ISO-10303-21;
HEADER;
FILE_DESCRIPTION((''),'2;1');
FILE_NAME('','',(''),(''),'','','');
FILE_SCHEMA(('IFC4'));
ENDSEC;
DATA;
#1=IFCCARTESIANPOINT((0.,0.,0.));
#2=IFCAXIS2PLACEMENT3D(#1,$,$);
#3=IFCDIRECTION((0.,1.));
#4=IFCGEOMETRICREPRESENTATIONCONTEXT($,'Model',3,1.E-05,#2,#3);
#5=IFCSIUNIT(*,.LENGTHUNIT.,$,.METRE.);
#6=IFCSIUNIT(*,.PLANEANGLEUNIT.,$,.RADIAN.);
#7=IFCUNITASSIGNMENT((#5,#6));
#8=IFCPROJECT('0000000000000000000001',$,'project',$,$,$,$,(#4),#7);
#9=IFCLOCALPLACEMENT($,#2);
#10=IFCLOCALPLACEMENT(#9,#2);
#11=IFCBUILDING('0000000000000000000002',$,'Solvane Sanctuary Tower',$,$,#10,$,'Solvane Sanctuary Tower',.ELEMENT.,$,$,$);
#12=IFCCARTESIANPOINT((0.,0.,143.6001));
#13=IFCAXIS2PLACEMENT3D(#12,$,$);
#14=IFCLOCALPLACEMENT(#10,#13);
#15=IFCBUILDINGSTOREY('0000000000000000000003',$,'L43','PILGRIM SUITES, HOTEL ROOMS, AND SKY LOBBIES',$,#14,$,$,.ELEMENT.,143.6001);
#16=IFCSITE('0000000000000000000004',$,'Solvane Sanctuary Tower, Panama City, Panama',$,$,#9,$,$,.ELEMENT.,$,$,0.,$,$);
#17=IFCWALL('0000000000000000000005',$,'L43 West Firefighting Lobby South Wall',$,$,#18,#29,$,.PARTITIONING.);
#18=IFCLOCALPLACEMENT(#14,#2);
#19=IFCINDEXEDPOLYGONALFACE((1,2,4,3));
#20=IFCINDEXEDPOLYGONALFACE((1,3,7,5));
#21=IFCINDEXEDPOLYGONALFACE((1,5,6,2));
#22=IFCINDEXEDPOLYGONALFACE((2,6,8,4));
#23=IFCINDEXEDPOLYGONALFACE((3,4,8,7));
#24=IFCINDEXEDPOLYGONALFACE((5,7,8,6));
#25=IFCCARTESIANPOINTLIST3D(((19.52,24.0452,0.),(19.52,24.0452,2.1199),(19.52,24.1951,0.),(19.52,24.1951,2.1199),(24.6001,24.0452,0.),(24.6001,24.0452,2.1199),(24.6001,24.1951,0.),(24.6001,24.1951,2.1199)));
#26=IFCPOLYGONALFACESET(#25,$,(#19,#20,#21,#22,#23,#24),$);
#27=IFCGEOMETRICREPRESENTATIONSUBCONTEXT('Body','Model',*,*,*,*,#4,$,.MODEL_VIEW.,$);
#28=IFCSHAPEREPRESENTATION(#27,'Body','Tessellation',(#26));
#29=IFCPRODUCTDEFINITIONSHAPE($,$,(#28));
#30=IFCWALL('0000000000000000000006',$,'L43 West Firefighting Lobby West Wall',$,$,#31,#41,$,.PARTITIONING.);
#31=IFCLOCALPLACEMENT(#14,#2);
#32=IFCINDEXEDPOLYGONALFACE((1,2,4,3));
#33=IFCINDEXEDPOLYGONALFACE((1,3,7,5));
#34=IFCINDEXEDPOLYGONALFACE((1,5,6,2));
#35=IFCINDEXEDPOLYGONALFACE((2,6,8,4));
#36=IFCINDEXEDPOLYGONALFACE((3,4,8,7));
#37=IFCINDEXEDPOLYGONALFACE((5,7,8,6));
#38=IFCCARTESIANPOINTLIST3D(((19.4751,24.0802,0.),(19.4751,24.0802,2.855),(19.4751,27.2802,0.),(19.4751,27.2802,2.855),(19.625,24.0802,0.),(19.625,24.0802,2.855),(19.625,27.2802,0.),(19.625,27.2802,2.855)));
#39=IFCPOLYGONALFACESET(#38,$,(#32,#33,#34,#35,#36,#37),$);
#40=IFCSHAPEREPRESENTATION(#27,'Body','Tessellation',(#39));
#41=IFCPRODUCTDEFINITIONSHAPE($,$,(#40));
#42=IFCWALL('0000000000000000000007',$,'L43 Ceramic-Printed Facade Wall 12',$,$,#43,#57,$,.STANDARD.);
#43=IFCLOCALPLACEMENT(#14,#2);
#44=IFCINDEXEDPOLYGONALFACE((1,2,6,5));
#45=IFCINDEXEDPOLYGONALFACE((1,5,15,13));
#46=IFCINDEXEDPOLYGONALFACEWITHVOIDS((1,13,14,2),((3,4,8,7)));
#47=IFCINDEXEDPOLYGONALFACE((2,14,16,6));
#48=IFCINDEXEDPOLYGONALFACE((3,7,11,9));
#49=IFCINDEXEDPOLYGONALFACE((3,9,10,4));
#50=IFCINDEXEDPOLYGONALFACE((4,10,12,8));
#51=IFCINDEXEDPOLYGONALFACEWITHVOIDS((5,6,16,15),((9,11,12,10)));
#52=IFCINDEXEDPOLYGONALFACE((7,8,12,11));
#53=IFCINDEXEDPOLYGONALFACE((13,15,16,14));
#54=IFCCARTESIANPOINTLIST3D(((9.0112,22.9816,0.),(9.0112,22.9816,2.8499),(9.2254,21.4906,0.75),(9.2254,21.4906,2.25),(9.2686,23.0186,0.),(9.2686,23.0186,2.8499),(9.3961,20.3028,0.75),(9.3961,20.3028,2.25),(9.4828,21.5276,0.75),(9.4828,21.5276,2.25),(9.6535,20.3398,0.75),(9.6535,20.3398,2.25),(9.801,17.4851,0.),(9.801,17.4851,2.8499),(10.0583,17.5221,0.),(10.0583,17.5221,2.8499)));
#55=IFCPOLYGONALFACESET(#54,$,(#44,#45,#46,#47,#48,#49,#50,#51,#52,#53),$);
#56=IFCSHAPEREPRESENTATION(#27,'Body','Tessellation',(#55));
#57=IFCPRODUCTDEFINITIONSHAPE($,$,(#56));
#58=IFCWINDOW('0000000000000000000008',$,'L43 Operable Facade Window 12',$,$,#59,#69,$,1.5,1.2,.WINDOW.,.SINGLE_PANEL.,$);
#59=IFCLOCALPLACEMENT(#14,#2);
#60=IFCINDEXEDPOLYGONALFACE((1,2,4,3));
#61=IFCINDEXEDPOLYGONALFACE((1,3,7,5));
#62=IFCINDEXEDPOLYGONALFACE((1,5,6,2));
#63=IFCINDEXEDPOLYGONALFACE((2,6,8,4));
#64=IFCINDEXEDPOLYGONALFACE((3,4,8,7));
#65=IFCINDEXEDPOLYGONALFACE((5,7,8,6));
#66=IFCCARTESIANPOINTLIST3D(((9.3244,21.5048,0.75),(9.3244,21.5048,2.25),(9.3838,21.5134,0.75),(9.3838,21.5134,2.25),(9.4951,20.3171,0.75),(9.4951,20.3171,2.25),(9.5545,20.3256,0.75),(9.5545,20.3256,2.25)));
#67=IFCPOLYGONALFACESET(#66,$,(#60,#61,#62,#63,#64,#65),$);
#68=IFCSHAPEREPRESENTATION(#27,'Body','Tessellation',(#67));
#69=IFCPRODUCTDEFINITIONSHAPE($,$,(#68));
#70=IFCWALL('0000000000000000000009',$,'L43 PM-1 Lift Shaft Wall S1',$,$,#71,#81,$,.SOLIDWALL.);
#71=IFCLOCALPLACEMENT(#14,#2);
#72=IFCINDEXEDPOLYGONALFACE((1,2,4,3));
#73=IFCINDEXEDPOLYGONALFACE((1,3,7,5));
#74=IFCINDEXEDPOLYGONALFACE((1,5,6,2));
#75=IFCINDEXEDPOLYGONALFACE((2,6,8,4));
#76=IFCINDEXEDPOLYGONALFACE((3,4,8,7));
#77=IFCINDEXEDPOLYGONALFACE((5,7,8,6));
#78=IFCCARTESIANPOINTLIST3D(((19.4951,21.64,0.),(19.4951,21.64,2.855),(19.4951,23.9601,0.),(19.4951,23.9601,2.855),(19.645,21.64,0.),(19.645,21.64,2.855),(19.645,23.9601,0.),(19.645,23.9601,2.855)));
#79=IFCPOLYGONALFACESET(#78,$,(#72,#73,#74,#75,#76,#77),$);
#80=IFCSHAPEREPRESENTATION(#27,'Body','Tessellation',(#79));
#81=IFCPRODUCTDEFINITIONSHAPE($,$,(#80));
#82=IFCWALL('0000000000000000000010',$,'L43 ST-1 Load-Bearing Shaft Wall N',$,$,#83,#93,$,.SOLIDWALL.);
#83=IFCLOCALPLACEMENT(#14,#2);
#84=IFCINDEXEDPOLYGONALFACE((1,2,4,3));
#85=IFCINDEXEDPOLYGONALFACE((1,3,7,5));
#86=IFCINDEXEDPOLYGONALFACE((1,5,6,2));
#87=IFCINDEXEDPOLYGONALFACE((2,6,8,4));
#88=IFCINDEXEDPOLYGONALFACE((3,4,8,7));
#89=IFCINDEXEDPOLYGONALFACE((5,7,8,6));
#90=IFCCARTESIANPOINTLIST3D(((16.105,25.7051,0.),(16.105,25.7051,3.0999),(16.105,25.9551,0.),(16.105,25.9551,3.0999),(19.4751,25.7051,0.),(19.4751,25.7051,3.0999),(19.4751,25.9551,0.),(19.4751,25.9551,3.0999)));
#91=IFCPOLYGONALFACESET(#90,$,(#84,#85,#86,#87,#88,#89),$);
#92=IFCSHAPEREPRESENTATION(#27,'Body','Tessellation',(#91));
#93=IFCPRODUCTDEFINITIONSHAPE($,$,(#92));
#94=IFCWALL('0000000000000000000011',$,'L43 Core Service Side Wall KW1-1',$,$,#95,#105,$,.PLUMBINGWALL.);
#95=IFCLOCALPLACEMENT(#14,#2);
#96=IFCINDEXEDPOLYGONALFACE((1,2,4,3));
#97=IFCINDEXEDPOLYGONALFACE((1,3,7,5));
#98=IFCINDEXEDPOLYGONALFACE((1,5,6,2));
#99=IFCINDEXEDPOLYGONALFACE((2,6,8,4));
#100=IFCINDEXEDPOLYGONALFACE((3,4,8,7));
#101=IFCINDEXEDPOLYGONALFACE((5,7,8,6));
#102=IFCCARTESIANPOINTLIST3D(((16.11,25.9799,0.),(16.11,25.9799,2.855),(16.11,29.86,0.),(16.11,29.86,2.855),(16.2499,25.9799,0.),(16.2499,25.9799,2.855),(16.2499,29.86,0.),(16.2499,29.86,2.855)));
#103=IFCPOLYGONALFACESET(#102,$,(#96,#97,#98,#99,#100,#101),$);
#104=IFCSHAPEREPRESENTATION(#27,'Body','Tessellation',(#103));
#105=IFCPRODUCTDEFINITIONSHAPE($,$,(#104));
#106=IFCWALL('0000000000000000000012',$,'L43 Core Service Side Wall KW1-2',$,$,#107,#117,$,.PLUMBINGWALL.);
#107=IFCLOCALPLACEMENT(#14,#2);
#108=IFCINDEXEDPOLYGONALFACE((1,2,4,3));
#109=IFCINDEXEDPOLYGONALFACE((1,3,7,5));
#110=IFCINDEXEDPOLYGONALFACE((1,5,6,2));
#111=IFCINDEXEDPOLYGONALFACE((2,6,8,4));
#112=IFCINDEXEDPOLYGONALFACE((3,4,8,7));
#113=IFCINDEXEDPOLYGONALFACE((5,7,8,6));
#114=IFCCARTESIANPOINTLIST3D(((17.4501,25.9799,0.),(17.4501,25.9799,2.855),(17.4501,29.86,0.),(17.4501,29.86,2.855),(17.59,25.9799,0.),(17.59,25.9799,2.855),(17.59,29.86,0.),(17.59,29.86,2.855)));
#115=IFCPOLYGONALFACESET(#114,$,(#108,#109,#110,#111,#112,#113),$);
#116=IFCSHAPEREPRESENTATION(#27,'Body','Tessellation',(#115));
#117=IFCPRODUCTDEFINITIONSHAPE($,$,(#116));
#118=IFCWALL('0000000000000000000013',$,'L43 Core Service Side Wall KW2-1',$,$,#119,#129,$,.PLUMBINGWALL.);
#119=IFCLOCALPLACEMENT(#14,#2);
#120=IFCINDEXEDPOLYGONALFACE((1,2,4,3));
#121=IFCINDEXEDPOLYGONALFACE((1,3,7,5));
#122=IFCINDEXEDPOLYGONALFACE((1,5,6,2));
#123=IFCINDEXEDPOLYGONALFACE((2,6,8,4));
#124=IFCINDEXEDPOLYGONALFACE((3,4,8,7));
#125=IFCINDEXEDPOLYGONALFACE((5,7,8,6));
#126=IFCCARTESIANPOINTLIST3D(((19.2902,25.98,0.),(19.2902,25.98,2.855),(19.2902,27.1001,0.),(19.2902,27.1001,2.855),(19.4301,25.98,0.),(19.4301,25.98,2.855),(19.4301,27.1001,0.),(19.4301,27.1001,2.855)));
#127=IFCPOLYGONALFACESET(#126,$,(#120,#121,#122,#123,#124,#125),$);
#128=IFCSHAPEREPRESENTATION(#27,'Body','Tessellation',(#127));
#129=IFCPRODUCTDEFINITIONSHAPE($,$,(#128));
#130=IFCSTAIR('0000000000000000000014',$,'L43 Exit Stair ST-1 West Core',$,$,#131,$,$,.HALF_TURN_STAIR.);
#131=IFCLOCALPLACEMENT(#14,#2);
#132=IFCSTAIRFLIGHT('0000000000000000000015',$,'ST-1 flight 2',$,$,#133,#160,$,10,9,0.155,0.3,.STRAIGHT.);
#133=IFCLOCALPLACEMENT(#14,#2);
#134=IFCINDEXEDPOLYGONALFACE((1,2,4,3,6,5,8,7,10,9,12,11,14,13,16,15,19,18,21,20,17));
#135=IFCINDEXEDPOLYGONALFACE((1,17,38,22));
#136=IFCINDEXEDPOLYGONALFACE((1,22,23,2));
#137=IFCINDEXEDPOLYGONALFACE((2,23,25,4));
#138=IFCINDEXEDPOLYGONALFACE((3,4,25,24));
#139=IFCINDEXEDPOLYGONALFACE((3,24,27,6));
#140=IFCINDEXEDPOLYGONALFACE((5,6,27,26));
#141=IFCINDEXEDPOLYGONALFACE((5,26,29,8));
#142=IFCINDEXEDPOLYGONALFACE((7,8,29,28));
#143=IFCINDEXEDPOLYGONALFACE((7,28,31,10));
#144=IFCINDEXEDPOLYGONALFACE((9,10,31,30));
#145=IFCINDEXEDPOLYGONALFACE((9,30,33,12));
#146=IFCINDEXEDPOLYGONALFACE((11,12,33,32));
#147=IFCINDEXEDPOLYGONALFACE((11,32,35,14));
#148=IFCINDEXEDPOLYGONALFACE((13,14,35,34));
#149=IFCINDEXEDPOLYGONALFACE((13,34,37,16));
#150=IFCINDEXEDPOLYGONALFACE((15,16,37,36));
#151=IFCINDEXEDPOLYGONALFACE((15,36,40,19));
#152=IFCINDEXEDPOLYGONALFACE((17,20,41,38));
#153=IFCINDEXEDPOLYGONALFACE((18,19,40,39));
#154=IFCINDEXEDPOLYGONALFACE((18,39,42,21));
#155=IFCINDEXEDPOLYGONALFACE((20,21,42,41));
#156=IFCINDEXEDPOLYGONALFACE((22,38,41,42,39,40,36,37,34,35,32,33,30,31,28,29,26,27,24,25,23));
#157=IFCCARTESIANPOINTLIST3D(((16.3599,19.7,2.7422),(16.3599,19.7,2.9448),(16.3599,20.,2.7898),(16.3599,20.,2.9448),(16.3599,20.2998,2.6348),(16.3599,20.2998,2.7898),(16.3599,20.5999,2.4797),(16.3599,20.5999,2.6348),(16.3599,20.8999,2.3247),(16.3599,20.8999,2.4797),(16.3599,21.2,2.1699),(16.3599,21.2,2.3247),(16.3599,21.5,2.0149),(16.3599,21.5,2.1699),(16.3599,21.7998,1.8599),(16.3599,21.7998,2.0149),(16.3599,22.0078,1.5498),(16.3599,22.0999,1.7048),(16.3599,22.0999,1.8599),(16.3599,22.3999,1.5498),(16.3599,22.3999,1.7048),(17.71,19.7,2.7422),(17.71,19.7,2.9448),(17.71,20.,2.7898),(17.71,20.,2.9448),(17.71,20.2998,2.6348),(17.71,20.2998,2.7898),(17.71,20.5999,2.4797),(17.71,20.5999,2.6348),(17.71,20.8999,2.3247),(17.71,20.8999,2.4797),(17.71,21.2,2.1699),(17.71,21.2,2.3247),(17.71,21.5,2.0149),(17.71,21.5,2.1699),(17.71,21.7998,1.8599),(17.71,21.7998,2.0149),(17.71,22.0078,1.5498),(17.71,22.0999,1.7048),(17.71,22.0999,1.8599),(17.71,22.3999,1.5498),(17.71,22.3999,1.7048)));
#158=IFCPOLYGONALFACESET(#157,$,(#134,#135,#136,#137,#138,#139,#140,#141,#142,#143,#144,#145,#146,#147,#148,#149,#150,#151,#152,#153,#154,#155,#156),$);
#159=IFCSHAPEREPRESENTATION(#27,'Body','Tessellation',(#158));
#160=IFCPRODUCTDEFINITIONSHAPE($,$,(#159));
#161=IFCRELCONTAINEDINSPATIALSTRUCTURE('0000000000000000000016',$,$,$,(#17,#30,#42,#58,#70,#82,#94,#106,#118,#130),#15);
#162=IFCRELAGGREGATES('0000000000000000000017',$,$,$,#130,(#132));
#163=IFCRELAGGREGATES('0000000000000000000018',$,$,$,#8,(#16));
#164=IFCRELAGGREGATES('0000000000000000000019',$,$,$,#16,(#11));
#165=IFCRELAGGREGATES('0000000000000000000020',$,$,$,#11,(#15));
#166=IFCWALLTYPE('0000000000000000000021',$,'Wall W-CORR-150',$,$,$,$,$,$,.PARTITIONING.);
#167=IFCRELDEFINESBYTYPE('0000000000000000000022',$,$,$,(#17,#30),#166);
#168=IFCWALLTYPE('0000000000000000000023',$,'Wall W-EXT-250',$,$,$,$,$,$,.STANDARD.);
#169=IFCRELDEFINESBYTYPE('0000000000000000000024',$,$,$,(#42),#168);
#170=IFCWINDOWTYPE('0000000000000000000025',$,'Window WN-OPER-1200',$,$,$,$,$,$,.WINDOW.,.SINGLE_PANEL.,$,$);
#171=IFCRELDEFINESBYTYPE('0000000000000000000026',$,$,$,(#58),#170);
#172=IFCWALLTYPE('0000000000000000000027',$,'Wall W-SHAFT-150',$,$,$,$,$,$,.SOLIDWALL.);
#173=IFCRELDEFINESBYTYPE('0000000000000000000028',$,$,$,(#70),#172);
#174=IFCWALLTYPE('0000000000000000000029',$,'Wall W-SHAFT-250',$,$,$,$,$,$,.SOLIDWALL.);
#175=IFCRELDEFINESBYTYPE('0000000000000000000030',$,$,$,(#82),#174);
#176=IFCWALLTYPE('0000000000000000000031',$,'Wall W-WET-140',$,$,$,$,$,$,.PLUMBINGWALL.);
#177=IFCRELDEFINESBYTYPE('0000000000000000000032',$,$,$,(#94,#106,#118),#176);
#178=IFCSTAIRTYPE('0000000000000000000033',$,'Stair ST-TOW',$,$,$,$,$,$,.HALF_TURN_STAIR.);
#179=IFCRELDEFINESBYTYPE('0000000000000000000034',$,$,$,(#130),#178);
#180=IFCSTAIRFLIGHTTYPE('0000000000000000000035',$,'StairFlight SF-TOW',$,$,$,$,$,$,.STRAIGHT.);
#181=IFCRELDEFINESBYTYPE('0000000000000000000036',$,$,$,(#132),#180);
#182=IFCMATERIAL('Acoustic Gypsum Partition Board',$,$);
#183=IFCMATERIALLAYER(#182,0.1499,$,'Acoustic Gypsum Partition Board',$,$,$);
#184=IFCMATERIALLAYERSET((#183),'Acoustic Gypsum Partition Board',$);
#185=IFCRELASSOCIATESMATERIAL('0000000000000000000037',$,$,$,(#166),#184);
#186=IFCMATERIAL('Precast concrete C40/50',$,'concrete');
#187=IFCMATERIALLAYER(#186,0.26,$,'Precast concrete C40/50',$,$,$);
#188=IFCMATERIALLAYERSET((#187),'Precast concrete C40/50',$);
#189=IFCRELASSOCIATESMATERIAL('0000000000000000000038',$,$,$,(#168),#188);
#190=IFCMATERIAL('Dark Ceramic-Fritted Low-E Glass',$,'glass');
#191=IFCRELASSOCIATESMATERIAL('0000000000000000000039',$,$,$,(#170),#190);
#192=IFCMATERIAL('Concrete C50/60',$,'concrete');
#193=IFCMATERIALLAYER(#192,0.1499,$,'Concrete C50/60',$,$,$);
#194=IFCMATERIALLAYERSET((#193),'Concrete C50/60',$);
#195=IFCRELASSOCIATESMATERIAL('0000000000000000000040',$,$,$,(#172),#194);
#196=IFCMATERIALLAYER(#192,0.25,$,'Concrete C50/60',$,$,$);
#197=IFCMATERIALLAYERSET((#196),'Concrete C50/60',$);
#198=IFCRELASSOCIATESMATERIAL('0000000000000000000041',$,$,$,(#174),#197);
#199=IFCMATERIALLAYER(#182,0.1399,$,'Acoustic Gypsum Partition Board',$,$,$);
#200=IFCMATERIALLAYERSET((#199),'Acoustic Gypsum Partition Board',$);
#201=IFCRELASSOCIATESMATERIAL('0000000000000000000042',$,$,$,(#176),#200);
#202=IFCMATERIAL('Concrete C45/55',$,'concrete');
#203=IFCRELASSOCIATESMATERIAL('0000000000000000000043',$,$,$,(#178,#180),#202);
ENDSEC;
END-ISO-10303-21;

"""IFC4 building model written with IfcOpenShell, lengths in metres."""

from ifc_helpers import new_model, si_unit, direction, frame, frame_2d, origin, place, context, subcontext, project, spatial, polyline, rectangle, outline, extrude, material, layer, layer_set, type_object, element, fill, aggregate, save


model = new_model("IFC4")

# Units and contexts
model_context = context("Model", 3, precision=1e-05, world=origin(), true_north=direction((0.0, 1.0)))
body_context = subcontext(model_context, "Body", "Model", "MODEL_VIEW")
ifc_project = project(units=[si_unit("LENGTHUNIT", "METRE"), si_unit("PLANEANGLEUNIT", "RADIAN")], contexts=[model_context])

# Site, building, storey
site_placement = place(None, origin())
site = spatial("IfcSite", under=ifc_project, at=site_placement, Name="Solvane Sanctuary Tower, Panama City, Panama", CompositionType="ELEMENT", RefElevation=0.0)
building_placement = place(site_placement, origin())
building = spatial("IfcBuilding", under=site, at=building_placement, Name="Solvane Sanctuary Tower", LongName="Solvane Sanctuary Tower", CompositionType="ELEMENT")
storey_placement = place(building_placement, frame((0.0, 0.0, 143.6001)))
storey = spatial("IfcBuildingStorey", under=building, at=storey_placement, Name="L43", Description="PILGRIM SUITES, HOTEL ROOMS, AND SKY LOBBIES", CompositionType="ELEMENT", Elevation=143.6001)

# Walls
ifc_material_1 = material(Name="Acoustic Gypsum Partition Board")
ifc_layer_1 = layer(ifc_material_1, 0.1499, Name="Acoustic Gypsum Partition Board")
ifc_layer_set_1 = layer_set([ifc_layer_1], Name="Acoustic Gypsum Partition Board")
wall_type_1 = type_object("IfcWallType", Name="Wall W-CORR-150", PredefinedType="PARTITIONING", material=ifc_layer_set_1)
wall_1_placement = place(storey_placement, frame((19.52, 24.1201, 0.0), z_axis=(0.0, 0.0, 1.0), x_axis=(1.0, 0.0, 0.0)))
element("IfcWall", 1, at=wall_1_placement, inside=storey, type_object=wall_type_1, Name="L43 West Firefighting Lobby South Wall", PredefinedType="PARTITIONING", context=body_context, shape_type="SweptSolid", body=[
    extrude(rectangle(XDim=5.0801, YDim=0.1499, at=frame_2d((2.54, 0.0))), origin(), (0.0, 0.0, 1.0), 2.1199),
])
wall_2_placement = place(storey_placement, frame((19.55, 24.0801, 0.0), z_axis=(0.0, 0.0, 1.0), x_axis=(0.0, 1.0, 0.0)))
element("IfcWall", 2, at=wall_2_placement, inside=storey, type_object=wall_type_1, Name="L43 West Firefighting Lobby West Wall", PredefinedType="PARTITIONING", context=body_context, shape_type="SweptSolid", body=[
    extrude(rectangle(XDim=3.2, YDim=0.1499, at=frame_2d((1.6001, 0.0))), origin(), (0.0, 0.0, 1.0), 2.855),
])

# Wall, opening, window
ifc_material_2 = material(Name="Precast concrete C40/50", Category="concrete")
ifc_layer_2 = layer(ifc_material_2, 0.26, Name="Precast concrete C40/50")
ifc_layer_set_2 = layer_set([ifc_layer_2], Name="Precast concrete C40/50")
wall_type_2 = type_object("IfcWallType", Name="Wall W-EXT-250", PredefinedType="STANDARD", material=ifc_layer_set_2)
wall_3_placement = place(storey_placement, frame((9.1399, 23.0, 0.0), z_axis=(0.0, 0.0, 1.0), x_axis=(0.142228, -0.989834, 0.0)))
wall_3 = element("IfcWall", 3, at=wall_3_placement, inside=storey, type_object=wall_type_2, Name="L43 Ceramic-Printed Facade Wall 12", PredefinedType="STANDARD", context=body_context, shape_type="SweptSolid", body=[
    extrude(rectangle(XDim=5.553, YDim=0.26, at=frame_2d((2.7764, 0.0))), origin(), (0.0, 0.0, 1.0), 2.8499),
])
opening_placement = place(wall_3_placement, frame((1.5061, 0.0, 0.75)))
opening = element("IfcOpeningElement", 4, at=opening_placement, cuts=wall_3, PredefinedType="OPENING", context=body_context, shape_type="SweptSolid", body=[
    extrude(rectangle(XDim=1.2, YDim=1.5, at=frame_2d((0.6001, 0.75))), frame((0.0, 0.1399, 0.0), z_axis=(0.0, -1.0, 0.0), x_axis=(1.0, 0.0, 0.0)), (0.0, 0.0, 1.0), 0.28),
])
ifc_material_3 = material(Name="Dark Ceramic-Fritted Low-E Glass", Category="glass")
window_type = type_object("IfcWindowType", Name="Window WN-OPER-1200", PartitioningType="SINGLE_PANEL", PredefinedType="WINDOW", material=ifc_material_3)
window_placement = place(opening_placement, origin())
window = element("IfcWindow", 5, at=window_placement, inside=storey, type_object=window_type, Name="L43 Operable Facade Window 12", OverallHeight=1.5, OverallWidth=1.2, PartitioningType="SINGLE_PANEL", PredefinedType="WINDOW", context=body_context, shape_type="SweptSolid", body=[
    extrude(rectangle(XDim=1.2, YDim=1.5, at=frame_2d((0.6001, 0.75))), frame((0.0, 0.03, 0.0), z_axis=(0.0, -1.0, 0.0), x_axis=(1.0, 0.0, 0.0)), (0.0, 0.0, 1.0), 0.0601),
])
fill(opening, window)

# Walls
ifc_material_4 = material(Name="Concrete C50/60", Category="concrete")
ifc_layer_3 = layer(ifc_material_4, 0.1499, Name="Concrete C50/60")
ifc_layer_set_3 = layer_set([ifc_layer_3], Name="Concrete C50/60")
wall_type_3 = type_object("IfcWallType", Name="Wall W-SHAFT-150", PredefinedType="SOLIDWALL", material=ifc_layer_set_3)
wall_4_placement = place(storey_placement, frame((19.5701, 21.6399, 0.0), z_axis=(0.0, 0.0, 1.0), x_axis=(0.0, 1.0, 0.0)))
element("IfcWall", 6, at=wall_4_placement, inside=storey, type_object=wall_type_3, Name="L43 PM-1 Lift Shaft Wall S1", PredefinedType="SOLIDWALL", context=body_context, shape_type="SweptSolid", body=[
    extrude(rectangle(XDim=2.3201, YDim=0.1499, at=frame_2d((1.1602, 0.0))), origin(), (0.0, 0.0, 1.0), 2.855),
])
ifc_layer_4 = layer(ifc_material_4, 0.25, Name="Concrete C50/60")
ifc_layer_set_4 = layer_set([ifc_layer_4], Name="Concrete C50/60")
wall_type_4 = type_object("IfcWallType", Name="Wall W-SHAFT-250", PredefinedType="SOLIDWALL", material=ifc_layer_set_4)
wall_5_placement = place(storey_placement, frame((16.105, 25.8301, 0.0), z_axis=(0.0, 0.0, 1.0), x_axis=(1.0, 0.0, 0.0)))
element("IfcWall", 7, at=wall_5_placement, inside=storey, type_object=wall_type_4, Name="L43 ST-1 Load-Bearing Shaft Wall N", PredefinedType="SOLIDWALL", context=body_context, shape_type="SweptSolid", body=[
    extrude(rectangle(XDim=3.3701, YDim=0.25, at=frame_2d((1.6851, 0.0))), origin(), (0.0, 0.0, 1.0), 3.0999),
])
ifc_layer_5 = layer(ifc_material_1, 0.1399, Name="Acoustic Gypsum Partition Board")
ifc_layer_set_5 = layer_set([ifc_layer_5], Name="Acoustic Gypsum Partition Board")
wall_type_5 = type_object("IfcWallType", Name="Wall W-WET-140", PredefinedType="PLUMBINGWALL", material=ifc_layer_set_5)
for number, where, z_axis, x_axis, name in (
    (8, (16.1799, 25.98, 0.0), (0.0, 0.0, 1.0), (0.0, 1.0, 0.0), "L43 Core Service Side Wall KW1-1"),
    (9, (17.52, 25.98, 0.0), (0.0, 0.0, 1.0), (0.0, 1.0, 0.0), "L43 Core Service Side Wall KW1-2"),
):
    element("IfcWall", number, at=place(storey_placement, frame(where, z_axis=z_axis, x_axis=x_axis)), inside=storey, type_object=wall_type_5, Name=name, PredefinedType="PLUMBINGWALL", context=body_context, shape_type="SweptSolid", body=[
        extrude(rectangle(XDim=3.8801, YDim=0.1399, at=frame_2d((1.9399, 0.0))), origin(), (0.0, 0.0, 1.0), 2.855),
    ])
wall_6_placement = place(storey_placement, frame((19.3601, 25.98, 0.0), z_axis=(0.0, 0.0, 1.0), x_axis=(0.0, 1.0, 0.0)))
element("IfcWall", 10, at=wall_6_placement, inside=storey, type_object=wall_type_5, Name="L43 Core Service Side Wall KW2-1", PredefinedType="PLUMBINGWALL", context=body_context, shape_type="SweptSolid", body=[
    extrude(rectangle(XDim=1.1201, YDim=0.1399, at=frame_2d((0.5601, 0.0))), origin(), (0.0, 0.0, 1.0), 2.855),
])

# Stair, stair flight
ifc_material_5 = material(Name="Concrete C45/55", Category="concrete")
stair_type = type_object("IfcStairType", Name="Stair ST-TOW", PredefinedType="HALF_TURN_STAIR", material=ifc_material_5)
stair_1_placement = place(storey_placement, origin())
stair_1 = element("IfcStair", 11, at=stair_1_placement, inside=storey, type_object=stair_type, Name="L43 Exit Stair ST-1 West Core", PredefinedType="HALF_TURN_STAIR")
stair_flight_type = type_object("IfcStairFlightType", Name="StairFlight SF-TOW", PredefinedType="STRAIGHT", material=ifc_material_5)
stair_flight_1_placement = place(storey_placement, frame((17.0349, 22.3999, 1.5498), z_axis=(0.0, 0.0, 1.0), x_axis=(0.0, -1.0, 0.0)))
stair_flight_1 = element("IfcStairFlight", 12, at=stair_flight_1_placement, type_object=stair_flight_type, Name="ST-1 flight 2", NumberOfRisers=10, NumberOfTreads=9, PredefinedType="STRAIGHT", RiserHeight=0.155, TreadLength=0.3, context=body_context, shape_type="SweptSolid", body=[
    extrude(outline(polyline([(0.0, 0.0), (0.0, 0.155), (0.3, 0.155), (0.3, 0.3101), (0.6001, 0.3101), (0.6001, 0.4651), (0.8999, 0.4651), (0.8999, 0.6201), (1.2, 0.6201), (1.2, 0.7749), (1.5, 0.7749), (1.5, 0.9299), (1.8, 0.9299), (1.8, 1.085), (2.1001, 1.085), (2.1001, 1.24), (2.3999, 1.24), (2.3999, 1.395), (2.7, 1.395), (2.7, 1.55), (2.7, 1.1924), (0.3921, 0.0), (0.0, 0.0)])), frame((0.0, 0.675, 0.0), z_axis=(0.0, -1.0, 0.0), x_axis=(1.0, 0.0, 0.0)), (0.0, 0.0, 1.0), 1.3501),
])
aggregate(stair_1, [stair_flight_1])

save(model, "model.ifc")
